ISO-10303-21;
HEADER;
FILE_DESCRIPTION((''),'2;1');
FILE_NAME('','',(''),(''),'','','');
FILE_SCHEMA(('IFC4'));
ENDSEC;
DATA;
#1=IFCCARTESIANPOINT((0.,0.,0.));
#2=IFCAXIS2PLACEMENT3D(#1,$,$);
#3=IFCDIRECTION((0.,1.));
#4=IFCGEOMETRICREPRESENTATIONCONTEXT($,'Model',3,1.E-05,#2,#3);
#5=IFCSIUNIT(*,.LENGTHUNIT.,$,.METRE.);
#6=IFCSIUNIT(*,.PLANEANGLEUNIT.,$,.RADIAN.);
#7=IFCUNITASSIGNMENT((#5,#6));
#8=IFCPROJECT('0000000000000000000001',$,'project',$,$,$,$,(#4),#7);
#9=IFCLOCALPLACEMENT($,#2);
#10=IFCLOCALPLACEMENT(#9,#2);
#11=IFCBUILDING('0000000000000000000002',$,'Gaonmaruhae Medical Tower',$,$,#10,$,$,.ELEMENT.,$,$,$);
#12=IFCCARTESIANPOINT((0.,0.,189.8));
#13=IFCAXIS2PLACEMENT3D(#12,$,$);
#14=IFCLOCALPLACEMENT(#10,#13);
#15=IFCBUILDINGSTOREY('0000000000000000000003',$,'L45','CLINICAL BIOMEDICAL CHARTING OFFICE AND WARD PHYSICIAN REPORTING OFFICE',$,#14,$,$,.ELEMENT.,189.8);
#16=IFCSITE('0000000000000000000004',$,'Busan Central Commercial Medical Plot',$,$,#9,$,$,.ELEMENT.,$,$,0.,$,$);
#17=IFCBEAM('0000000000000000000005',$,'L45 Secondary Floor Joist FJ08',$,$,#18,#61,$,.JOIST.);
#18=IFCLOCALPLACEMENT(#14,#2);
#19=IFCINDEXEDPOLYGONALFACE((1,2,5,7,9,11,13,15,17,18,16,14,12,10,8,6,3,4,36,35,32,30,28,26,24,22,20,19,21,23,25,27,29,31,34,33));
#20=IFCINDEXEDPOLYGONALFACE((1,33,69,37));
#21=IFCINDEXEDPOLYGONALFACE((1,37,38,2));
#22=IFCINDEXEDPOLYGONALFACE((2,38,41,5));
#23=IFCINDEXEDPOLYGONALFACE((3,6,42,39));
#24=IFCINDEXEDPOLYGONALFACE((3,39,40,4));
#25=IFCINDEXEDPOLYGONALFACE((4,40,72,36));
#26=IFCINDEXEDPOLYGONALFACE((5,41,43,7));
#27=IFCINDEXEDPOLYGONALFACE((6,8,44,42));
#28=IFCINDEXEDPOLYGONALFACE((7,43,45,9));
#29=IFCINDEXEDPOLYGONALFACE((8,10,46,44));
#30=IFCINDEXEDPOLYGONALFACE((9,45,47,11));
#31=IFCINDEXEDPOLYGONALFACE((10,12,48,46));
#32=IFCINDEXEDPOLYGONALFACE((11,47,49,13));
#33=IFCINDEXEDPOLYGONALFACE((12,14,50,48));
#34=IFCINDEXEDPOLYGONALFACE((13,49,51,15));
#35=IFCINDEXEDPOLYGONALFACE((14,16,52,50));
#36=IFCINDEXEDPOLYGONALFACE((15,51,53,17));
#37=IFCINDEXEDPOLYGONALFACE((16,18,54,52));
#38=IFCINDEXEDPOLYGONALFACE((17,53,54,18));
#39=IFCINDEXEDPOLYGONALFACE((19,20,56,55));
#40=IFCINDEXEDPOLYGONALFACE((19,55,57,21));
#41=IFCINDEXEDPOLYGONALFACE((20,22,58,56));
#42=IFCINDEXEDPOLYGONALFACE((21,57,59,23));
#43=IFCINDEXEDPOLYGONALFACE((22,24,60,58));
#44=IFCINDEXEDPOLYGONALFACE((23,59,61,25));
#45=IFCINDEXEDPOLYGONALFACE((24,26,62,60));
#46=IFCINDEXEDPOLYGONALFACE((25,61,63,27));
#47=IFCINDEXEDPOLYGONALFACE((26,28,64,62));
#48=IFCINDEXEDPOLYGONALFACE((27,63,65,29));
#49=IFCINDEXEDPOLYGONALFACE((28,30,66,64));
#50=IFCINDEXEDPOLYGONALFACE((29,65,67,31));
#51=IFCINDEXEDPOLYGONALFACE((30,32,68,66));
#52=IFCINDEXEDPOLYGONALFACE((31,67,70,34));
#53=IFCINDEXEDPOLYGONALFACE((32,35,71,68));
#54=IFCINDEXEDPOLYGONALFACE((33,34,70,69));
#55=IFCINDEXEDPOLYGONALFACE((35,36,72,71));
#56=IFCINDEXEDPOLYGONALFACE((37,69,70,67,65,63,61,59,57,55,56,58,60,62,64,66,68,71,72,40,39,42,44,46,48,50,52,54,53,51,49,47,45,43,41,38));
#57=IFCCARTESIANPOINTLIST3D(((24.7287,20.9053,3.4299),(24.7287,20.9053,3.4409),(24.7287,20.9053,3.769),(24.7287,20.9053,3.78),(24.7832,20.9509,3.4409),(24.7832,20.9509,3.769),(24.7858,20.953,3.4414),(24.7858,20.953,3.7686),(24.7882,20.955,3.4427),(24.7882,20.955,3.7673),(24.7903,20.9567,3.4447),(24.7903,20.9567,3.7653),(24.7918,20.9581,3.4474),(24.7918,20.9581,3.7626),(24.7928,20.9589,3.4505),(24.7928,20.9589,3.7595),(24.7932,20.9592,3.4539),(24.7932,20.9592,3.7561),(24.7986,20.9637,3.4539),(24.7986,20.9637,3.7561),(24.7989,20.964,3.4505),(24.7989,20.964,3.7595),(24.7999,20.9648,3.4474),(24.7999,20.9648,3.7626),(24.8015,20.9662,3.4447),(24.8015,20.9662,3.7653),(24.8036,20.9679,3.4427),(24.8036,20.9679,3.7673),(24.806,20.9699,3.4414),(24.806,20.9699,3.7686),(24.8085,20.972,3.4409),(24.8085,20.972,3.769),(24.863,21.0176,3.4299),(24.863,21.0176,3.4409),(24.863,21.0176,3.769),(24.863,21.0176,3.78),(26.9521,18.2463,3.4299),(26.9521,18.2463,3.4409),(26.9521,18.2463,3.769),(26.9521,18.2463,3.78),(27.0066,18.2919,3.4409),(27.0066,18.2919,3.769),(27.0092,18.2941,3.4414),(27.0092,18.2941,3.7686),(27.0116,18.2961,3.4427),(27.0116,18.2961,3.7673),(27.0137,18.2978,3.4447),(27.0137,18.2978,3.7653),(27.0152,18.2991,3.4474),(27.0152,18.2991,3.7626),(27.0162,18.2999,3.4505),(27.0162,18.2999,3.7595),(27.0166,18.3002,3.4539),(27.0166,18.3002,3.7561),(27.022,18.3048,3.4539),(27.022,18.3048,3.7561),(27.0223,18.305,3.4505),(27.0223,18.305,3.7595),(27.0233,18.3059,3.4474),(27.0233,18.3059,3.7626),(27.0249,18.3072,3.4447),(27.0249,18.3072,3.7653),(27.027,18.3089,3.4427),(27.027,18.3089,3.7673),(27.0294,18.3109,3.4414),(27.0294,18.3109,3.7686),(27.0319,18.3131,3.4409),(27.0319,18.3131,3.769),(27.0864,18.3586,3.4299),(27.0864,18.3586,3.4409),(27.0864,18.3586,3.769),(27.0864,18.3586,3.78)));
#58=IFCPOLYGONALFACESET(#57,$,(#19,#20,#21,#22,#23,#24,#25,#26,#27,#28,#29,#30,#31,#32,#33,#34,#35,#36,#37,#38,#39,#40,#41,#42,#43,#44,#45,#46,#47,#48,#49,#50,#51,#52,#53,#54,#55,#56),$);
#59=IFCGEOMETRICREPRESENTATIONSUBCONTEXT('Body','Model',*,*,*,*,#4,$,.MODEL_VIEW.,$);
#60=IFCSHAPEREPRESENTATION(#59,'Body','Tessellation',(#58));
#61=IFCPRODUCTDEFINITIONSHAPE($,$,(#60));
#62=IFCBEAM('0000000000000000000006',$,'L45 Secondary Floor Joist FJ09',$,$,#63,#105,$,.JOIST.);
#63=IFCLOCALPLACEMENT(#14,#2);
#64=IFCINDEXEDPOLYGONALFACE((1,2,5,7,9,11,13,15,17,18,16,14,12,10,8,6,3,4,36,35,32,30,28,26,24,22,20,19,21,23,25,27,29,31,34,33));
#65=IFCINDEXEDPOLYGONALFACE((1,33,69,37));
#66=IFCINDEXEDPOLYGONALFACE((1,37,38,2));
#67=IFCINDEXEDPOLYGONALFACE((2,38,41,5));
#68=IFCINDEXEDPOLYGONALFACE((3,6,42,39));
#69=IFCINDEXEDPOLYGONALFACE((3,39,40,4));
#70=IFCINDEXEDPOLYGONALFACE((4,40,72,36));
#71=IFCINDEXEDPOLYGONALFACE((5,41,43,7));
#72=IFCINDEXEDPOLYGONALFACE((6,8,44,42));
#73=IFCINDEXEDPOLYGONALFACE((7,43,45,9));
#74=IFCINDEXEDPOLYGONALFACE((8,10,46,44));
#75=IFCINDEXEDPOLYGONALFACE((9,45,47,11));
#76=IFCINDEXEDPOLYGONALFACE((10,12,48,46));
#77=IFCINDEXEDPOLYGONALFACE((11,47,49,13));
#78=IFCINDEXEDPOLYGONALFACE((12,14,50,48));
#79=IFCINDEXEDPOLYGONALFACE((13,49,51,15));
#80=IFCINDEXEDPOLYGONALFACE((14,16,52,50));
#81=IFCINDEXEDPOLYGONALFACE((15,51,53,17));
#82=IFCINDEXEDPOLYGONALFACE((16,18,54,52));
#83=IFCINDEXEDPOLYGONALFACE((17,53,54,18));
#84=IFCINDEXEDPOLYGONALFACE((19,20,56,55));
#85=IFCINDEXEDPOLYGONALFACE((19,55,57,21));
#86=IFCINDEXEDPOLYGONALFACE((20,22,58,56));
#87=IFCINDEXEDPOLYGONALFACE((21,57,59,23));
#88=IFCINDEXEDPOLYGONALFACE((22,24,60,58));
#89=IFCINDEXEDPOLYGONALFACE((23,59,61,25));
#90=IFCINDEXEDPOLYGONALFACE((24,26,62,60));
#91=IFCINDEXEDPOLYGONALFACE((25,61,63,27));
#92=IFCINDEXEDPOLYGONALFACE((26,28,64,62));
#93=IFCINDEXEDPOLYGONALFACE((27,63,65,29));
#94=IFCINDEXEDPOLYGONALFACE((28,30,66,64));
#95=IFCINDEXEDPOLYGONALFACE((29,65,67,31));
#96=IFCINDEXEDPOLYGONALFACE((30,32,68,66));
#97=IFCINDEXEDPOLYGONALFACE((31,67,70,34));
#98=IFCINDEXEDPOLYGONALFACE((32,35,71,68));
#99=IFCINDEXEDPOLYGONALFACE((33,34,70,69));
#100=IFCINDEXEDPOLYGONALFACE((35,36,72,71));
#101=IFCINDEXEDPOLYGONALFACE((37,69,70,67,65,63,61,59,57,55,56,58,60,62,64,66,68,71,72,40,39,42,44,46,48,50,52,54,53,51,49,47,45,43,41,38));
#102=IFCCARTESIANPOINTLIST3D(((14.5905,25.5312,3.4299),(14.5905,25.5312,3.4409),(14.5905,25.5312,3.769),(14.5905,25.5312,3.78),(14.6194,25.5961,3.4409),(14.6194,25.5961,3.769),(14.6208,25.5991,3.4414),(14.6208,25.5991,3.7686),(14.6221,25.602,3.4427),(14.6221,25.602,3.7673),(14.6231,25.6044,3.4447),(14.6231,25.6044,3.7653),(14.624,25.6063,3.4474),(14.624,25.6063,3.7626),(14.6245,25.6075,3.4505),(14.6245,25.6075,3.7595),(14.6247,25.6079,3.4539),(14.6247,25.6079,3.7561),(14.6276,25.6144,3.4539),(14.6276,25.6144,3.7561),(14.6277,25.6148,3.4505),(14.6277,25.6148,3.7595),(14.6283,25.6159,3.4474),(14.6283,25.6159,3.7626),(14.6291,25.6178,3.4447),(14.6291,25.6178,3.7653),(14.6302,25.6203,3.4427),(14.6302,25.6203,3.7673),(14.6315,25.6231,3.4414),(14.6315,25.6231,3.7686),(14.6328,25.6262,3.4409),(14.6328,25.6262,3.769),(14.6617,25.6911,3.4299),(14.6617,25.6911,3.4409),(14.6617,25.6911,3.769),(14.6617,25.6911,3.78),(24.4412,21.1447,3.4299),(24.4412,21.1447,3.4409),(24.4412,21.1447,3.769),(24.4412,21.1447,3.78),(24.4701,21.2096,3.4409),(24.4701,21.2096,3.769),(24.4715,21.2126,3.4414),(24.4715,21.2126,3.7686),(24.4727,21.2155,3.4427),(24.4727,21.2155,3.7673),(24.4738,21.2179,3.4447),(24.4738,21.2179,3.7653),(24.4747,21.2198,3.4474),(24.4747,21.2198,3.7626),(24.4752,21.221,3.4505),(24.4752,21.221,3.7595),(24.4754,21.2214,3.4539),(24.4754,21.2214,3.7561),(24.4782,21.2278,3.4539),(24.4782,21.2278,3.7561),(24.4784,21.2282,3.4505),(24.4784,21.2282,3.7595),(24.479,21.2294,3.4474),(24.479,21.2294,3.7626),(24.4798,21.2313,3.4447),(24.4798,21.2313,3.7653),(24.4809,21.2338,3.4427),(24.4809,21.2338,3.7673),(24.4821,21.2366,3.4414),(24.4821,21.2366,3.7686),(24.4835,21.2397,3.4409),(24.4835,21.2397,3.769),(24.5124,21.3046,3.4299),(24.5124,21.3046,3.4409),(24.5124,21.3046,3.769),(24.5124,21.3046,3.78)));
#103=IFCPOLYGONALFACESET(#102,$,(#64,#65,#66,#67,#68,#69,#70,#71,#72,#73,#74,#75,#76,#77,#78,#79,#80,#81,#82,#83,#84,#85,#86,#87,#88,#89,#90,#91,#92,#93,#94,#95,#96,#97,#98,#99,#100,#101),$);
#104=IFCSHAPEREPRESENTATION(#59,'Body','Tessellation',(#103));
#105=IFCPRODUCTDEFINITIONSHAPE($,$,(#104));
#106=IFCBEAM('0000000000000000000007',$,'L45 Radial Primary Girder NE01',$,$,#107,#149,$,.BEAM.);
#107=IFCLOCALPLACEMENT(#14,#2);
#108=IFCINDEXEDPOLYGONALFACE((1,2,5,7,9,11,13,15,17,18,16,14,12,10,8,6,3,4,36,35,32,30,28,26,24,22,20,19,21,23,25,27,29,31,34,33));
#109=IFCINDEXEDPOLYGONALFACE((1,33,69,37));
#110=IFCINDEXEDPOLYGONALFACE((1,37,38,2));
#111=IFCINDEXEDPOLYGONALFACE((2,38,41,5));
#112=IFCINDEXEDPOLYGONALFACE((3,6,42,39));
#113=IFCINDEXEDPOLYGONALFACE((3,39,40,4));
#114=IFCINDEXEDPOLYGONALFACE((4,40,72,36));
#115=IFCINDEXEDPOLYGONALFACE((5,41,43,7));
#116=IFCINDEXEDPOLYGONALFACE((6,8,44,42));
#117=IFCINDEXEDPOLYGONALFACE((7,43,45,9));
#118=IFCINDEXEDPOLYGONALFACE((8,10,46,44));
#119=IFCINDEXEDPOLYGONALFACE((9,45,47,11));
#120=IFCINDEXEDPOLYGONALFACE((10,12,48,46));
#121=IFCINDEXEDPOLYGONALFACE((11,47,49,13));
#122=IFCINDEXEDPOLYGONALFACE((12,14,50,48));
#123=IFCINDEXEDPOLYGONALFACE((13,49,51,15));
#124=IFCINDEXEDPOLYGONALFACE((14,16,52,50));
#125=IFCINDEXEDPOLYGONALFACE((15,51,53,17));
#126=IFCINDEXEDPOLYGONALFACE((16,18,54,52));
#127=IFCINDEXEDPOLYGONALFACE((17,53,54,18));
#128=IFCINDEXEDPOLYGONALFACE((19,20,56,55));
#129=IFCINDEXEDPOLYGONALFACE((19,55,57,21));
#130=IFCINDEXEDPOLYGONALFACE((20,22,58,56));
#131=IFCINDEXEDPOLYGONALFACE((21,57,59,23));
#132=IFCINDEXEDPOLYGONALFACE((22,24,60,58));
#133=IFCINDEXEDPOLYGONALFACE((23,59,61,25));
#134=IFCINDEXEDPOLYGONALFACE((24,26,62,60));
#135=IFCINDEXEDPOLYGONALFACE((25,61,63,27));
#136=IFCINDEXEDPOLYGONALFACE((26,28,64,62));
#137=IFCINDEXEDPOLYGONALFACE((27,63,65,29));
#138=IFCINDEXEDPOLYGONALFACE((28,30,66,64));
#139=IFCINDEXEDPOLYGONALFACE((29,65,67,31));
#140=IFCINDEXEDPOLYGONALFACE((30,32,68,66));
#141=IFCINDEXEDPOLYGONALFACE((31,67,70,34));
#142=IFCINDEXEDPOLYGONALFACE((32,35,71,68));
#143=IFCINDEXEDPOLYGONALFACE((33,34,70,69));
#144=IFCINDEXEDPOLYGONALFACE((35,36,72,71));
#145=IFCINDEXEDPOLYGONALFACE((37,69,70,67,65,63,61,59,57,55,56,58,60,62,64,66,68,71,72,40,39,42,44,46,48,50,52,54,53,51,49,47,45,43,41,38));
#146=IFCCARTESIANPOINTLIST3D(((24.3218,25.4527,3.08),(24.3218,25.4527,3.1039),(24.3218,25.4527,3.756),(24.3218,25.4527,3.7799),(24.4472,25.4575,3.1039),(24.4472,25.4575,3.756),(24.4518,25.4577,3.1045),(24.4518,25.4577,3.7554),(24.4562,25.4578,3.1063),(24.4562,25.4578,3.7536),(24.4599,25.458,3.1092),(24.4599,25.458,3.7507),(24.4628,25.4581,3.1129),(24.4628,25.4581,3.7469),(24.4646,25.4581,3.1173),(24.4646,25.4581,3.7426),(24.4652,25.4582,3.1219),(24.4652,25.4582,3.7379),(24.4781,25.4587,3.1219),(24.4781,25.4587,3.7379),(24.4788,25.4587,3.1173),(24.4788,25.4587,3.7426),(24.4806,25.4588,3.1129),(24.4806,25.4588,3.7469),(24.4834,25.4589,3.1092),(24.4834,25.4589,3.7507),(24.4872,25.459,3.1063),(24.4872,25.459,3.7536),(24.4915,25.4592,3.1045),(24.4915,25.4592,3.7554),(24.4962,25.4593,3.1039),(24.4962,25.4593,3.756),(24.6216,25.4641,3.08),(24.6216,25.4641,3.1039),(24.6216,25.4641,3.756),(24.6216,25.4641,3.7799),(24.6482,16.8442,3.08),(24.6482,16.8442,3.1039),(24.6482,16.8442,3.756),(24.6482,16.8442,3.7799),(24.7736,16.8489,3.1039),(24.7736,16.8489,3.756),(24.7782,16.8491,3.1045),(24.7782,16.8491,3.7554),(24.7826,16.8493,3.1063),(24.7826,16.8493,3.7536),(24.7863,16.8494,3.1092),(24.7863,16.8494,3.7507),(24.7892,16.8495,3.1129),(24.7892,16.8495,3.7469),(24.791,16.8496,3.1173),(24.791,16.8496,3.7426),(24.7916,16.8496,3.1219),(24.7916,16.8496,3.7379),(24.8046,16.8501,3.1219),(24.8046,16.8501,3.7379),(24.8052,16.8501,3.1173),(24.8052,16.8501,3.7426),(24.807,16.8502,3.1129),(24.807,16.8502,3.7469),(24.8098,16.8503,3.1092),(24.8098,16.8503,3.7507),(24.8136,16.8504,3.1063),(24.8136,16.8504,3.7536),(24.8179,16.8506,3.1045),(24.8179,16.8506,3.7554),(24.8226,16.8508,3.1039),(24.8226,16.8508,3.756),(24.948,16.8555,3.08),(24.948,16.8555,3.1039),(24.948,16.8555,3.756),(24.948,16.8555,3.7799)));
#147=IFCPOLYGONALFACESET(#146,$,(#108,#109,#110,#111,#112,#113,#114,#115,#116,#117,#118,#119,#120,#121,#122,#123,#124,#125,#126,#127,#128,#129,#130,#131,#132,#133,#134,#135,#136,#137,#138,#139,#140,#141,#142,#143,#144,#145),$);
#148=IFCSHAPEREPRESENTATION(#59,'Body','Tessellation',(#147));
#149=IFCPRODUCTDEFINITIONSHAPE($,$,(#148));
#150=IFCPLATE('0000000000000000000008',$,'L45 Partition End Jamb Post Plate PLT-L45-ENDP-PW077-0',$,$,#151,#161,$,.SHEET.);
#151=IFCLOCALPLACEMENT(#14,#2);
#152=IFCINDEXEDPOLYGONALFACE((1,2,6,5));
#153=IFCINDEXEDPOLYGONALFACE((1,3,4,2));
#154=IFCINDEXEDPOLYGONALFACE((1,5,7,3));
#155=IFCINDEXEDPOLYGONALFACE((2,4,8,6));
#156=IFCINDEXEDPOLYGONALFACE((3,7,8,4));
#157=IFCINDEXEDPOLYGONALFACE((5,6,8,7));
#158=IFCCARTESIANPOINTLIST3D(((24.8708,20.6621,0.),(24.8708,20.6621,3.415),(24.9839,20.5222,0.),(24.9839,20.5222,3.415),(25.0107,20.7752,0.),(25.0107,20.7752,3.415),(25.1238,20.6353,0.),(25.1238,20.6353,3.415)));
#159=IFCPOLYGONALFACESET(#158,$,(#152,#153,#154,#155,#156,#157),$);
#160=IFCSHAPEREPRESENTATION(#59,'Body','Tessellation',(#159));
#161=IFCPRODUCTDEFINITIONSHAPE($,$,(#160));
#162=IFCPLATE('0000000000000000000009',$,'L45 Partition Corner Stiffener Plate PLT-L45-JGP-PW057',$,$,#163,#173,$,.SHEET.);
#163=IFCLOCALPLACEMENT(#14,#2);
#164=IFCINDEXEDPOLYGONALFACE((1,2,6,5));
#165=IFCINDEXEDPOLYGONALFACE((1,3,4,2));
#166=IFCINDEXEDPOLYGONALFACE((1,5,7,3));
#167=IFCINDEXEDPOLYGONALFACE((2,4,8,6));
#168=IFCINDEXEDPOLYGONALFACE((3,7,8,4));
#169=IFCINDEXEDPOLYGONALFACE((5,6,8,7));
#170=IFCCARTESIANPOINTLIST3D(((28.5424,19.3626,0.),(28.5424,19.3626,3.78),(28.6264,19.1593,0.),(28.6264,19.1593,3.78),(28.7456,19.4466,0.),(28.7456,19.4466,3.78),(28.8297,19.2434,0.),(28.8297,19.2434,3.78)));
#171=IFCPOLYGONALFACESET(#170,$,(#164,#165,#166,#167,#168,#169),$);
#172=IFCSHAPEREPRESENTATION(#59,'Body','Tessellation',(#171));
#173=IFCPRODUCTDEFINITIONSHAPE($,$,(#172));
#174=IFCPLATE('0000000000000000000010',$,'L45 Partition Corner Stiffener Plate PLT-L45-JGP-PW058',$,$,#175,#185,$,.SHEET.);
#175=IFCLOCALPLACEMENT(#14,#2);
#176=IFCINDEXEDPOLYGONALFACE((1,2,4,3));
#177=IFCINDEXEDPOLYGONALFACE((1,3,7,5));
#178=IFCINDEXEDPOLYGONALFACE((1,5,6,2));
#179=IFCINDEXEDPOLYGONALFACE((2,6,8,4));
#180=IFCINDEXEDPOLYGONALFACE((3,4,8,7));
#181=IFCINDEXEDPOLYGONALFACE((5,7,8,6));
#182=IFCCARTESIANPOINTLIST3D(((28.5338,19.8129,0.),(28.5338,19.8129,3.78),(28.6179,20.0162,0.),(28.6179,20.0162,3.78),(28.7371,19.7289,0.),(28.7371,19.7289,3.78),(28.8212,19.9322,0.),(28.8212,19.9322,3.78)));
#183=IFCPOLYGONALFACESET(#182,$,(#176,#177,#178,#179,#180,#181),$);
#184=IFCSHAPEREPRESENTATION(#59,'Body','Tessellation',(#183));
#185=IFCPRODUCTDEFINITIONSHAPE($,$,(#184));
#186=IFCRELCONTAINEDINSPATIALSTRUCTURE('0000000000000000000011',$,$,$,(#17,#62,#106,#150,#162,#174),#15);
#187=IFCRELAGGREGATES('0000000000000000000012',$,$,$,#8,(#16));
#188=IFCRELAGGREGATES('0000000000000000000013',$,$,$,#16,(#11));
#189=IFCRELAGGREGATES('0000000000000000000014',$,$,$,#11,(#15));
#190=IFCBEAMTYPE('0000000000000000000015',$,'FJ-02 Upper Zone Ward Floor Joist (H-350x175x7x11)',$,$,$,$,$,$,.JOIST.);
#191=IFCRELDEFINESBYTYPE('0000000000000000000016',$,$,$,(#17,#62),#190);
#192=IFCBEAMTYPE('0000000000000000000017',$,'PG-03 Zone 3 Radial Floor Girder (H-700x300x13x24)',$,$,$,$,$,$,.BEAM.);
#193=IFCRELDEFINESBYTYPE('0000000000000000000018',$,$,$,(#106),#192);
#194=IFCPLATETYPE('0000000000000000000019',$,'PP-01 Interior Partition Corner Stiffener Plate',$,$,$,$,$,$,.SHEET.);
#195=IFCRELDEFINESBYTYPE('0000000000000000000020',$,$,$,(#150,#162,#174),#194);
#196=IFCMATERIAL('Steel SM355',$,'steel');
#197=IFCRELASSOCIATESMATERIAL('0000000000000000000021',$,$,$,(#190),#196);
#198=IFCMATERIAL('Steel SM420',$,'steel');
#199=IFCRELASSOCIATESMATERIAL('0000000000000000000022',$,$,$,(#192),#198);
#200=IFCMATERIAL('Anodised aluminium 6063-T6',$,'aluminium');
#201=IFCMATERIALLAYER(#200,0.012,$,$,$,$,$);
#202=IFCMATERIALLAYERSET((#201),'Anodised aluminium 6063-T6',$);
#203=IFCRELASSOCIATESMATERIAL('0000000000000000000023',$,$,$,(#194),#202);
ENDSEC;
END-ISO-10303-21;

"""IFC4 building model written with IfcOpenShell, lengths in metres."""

from ifc_helpers import new_model, si_unit, direction, frame, origin, origin_2d, place, context, subcontext, project, spatial, rectangle, i_section, extrude, material, layer, layer_set, material_profile, profile_set, type_object, element, save


model = new_model("IFC4")

# Units and contexts
model_context = context("Model", 3, precision=1e-05, world=origin(), true_north=direction((0.0, 1.0)))
body_context = subcontext(model_context, "Body", "Model", "MODEL_VIEW")
ifc_project = project(units=[si_unit("LENGTHUNIT", "METRE"), si_unit("PLANEANGLEUNIT", "RADIAN")], contexts=[model_context])

# Site, building, storey
site_placement = place(None, origin())
site = spatial("IfcSite", under=ifc_project, at=site_placement, Name="Busan Central Commercial Medical Plot", CompositionType="ELEMENT", RefElevation=0.0)
building_placement = place(site_placement, origin())
building = spatial("IfcBuilding", under=site, at=building_placement, Name="Gaonmaruhae Medical Tower", CompositionType="ELEMENT")
storey_placement = place(building_placement, frame((0.0, 0.0, 189.8)))
storey = spatial("IfcBuildingStorey", under=building, at=storey_placement, Name="L45", Description="CLINICAL BIOMEDICAL CHARTING OFFICE AND WARD PHYSICIAN REPORTING OFFICE", CompositionType="ELEMENT", Elevation=189.8)

# Beams
ifc_material_1 = material(Name="Steel SM355", Category="steel")
ifc_material_profile_1 = material_profile(ifc_material_1, i_section(OverallWidth=0.175, OverallDepth=0.3501, WebThickness=0.0071, FlangeThickness=0.011, FilletRadius=0.0129, at=origin_2d()), Name="H-350x175x7x11")
ifc_profile_set_1 = profile_set([ifc_material_profile_1], Name="Steel SM355")
beam_type_1 = type_object("IfcBeamType", Name="FJ-02 Upper Zone Ward Floor Joist (H-350x175x7x11)", PredefinedType="JOIST", material=ifc_profile_set_1)
beam_1_placement = place(storey_placement, frame((27.0193, 18.3025, 3.605), z_axis=(-0.641479, 0.767141, 0.0), x_axis=(-0.767141, -0.641479, 0.0)))
element("IfcBeam", 1, at=beam_1_placement, inside=storey, type_object=beam_type_1, Name="L45 Secondary Floor Joist FJ08", PredefinedType="JOIST", context=body_context, shape_type="SweptSolid", body=[
    extrude(i_section(OverallWidth=0.175, OverallDepth=0.3501, WebThickness=0.0071, FlangeThickness=0.011, FilletRadius=0.0129, at=origin_2d()), origin(), (0.0, 0.0, 1.0), 3.4661),
])
beam_2_placement = place(storey_placement, frame((24.4768, 21.2246, 3.605), z_axis=(-0.913521, 0.406792, 0.0), x_axis=(-0.406792, -0.913521, 0.0)))
element("IfcBeam", 2, at=beam_2_placement, inside=storey, type_object=beam_type_1, Name="L45 Secondary Floor Joist FJ09", PredefinedType="JOIST", context=body_context, shape_type="SweptSolid", body=[
    extrude(i_section(OverallWidth=0.175, OverallDepth=0.3501, WebThickness=0.0071, FlangeThickness=0.011, FilletRadius=0.0129, at=origin_2d()), origin(), (0.0, 0.0, 1.0), 10.7832),
])
ifc_material_2 = material(Name="Steel SM420", Category="steel")
ifc_material_profile_2 = material_profile(ifc_material_2, i_section(OverallWidth=0.3, OverallDepth=0.7, WebThickness=0.0129, FlangeThickness=0.0239, FilletRadius=0.0181, at=origin_2d()), Name="H-700x300x13x24")
ifc_profile_set_2 = profile_set([ifc_material_profile_2], Name="Steel SM420")
beam_type_2 = type_object("IfcBeamType", Name="PG-03 Zone 3 Radial Floor Girder (H-700x300x13x24)", PredefinedType="BEAM", material=ifc_profile_set_2)
beam_3_placement = place(storey_placement, frame((24.7981, 16.8499, 3.4299), z_axis=(-0.03789, 0.999282, 0.0), x_axis=(-0.999282, -0.03789, 0.0)))
element("IfcBeam", 3, at=beam_3_placement, inside=storey, type_object=beam_type_2, Name="L45 Radial Primary Girder NE01", PredefinedType="BEAM", context=body_context, shape_type="SweptSolid", body=[
    extrude(i_section(OverallWidth=0.3, OverallDepth=0.7, WebThickness=0.0129, FlangeThickness=0.0239, FilletRadius=0.0181, at=origin_2d()), origin(), (0.0, 0.0, 1.0), 8.6147),
])

# Plates
ifc_material_3 = material(Name="Anodised aluminium 6063-T6", Category="aluminium")
ifc_layer_1 = layer(ifc_material_3, 0.012)
ifc_layer_set_1 = layer_set([ifc_layer_1], Name="Anodised aluminium 6063-T6")
plate_type = type_object("IfcPlateType", Name="PP-01 Interior Partition Corner Stiffener Plate", PredefinedType="SHEET", material=ifc_layer_set_1)
plate_placement = place(storey_placement, frame((24.9973, 20.6487, 0.0), z_axis=(0.0, 0.0, 1.0), x_axis=(-0.628588, 0.777739, 0.0)))
element("IfcPlate", 4, at=plate_placement, inside=storey, type_object=plate_type, Name="L45 Partition End Jamb Post Plate PLT-L45-ENDP-PW077-0", PredefinedType="SHEET", context=body_context, shape_type="SweptSolid", body=[
    extrude(rectangle(XDim=0.1799, YDim=0.1799, at=origin_2d()), origin(), (0.0, 0.0, 1.0), 3.415),
])
for number, where, z_axis, x_axis, name in (
    (5, (28.686, 19.303, 0.0), (0.0, 0.0, 1.0), (-0.382167, 0.924093, 0.0), "L45 Partition Corner Stiffener Plate PLT-L45-JGP-PW057"),
    (6, (28.6775, 19.8726, 0.0), (0.0, 0.0, 1.0), (0.382103, 0.92412, 0.0), "L45 Partition Corner Stiffener Plate PLT-L45-JGP-PW058"),
):
    element("IfcPlate", number, at=place(storey_placement, frame(where, z_axis=z_axis, x_axis=x_axis)), inside=storey, type_object=plate_type, Name=name, PredefinedType="SHEET", context=body_context, shape_type="SweptSolid", body=[
        extrude(rectangle(XDim=0.22, YDim=0.22, at=origin_2d()), origin(), (0.0, 0.0, 1.0), 3.78),
    ])

save(model, "model.ifc")
